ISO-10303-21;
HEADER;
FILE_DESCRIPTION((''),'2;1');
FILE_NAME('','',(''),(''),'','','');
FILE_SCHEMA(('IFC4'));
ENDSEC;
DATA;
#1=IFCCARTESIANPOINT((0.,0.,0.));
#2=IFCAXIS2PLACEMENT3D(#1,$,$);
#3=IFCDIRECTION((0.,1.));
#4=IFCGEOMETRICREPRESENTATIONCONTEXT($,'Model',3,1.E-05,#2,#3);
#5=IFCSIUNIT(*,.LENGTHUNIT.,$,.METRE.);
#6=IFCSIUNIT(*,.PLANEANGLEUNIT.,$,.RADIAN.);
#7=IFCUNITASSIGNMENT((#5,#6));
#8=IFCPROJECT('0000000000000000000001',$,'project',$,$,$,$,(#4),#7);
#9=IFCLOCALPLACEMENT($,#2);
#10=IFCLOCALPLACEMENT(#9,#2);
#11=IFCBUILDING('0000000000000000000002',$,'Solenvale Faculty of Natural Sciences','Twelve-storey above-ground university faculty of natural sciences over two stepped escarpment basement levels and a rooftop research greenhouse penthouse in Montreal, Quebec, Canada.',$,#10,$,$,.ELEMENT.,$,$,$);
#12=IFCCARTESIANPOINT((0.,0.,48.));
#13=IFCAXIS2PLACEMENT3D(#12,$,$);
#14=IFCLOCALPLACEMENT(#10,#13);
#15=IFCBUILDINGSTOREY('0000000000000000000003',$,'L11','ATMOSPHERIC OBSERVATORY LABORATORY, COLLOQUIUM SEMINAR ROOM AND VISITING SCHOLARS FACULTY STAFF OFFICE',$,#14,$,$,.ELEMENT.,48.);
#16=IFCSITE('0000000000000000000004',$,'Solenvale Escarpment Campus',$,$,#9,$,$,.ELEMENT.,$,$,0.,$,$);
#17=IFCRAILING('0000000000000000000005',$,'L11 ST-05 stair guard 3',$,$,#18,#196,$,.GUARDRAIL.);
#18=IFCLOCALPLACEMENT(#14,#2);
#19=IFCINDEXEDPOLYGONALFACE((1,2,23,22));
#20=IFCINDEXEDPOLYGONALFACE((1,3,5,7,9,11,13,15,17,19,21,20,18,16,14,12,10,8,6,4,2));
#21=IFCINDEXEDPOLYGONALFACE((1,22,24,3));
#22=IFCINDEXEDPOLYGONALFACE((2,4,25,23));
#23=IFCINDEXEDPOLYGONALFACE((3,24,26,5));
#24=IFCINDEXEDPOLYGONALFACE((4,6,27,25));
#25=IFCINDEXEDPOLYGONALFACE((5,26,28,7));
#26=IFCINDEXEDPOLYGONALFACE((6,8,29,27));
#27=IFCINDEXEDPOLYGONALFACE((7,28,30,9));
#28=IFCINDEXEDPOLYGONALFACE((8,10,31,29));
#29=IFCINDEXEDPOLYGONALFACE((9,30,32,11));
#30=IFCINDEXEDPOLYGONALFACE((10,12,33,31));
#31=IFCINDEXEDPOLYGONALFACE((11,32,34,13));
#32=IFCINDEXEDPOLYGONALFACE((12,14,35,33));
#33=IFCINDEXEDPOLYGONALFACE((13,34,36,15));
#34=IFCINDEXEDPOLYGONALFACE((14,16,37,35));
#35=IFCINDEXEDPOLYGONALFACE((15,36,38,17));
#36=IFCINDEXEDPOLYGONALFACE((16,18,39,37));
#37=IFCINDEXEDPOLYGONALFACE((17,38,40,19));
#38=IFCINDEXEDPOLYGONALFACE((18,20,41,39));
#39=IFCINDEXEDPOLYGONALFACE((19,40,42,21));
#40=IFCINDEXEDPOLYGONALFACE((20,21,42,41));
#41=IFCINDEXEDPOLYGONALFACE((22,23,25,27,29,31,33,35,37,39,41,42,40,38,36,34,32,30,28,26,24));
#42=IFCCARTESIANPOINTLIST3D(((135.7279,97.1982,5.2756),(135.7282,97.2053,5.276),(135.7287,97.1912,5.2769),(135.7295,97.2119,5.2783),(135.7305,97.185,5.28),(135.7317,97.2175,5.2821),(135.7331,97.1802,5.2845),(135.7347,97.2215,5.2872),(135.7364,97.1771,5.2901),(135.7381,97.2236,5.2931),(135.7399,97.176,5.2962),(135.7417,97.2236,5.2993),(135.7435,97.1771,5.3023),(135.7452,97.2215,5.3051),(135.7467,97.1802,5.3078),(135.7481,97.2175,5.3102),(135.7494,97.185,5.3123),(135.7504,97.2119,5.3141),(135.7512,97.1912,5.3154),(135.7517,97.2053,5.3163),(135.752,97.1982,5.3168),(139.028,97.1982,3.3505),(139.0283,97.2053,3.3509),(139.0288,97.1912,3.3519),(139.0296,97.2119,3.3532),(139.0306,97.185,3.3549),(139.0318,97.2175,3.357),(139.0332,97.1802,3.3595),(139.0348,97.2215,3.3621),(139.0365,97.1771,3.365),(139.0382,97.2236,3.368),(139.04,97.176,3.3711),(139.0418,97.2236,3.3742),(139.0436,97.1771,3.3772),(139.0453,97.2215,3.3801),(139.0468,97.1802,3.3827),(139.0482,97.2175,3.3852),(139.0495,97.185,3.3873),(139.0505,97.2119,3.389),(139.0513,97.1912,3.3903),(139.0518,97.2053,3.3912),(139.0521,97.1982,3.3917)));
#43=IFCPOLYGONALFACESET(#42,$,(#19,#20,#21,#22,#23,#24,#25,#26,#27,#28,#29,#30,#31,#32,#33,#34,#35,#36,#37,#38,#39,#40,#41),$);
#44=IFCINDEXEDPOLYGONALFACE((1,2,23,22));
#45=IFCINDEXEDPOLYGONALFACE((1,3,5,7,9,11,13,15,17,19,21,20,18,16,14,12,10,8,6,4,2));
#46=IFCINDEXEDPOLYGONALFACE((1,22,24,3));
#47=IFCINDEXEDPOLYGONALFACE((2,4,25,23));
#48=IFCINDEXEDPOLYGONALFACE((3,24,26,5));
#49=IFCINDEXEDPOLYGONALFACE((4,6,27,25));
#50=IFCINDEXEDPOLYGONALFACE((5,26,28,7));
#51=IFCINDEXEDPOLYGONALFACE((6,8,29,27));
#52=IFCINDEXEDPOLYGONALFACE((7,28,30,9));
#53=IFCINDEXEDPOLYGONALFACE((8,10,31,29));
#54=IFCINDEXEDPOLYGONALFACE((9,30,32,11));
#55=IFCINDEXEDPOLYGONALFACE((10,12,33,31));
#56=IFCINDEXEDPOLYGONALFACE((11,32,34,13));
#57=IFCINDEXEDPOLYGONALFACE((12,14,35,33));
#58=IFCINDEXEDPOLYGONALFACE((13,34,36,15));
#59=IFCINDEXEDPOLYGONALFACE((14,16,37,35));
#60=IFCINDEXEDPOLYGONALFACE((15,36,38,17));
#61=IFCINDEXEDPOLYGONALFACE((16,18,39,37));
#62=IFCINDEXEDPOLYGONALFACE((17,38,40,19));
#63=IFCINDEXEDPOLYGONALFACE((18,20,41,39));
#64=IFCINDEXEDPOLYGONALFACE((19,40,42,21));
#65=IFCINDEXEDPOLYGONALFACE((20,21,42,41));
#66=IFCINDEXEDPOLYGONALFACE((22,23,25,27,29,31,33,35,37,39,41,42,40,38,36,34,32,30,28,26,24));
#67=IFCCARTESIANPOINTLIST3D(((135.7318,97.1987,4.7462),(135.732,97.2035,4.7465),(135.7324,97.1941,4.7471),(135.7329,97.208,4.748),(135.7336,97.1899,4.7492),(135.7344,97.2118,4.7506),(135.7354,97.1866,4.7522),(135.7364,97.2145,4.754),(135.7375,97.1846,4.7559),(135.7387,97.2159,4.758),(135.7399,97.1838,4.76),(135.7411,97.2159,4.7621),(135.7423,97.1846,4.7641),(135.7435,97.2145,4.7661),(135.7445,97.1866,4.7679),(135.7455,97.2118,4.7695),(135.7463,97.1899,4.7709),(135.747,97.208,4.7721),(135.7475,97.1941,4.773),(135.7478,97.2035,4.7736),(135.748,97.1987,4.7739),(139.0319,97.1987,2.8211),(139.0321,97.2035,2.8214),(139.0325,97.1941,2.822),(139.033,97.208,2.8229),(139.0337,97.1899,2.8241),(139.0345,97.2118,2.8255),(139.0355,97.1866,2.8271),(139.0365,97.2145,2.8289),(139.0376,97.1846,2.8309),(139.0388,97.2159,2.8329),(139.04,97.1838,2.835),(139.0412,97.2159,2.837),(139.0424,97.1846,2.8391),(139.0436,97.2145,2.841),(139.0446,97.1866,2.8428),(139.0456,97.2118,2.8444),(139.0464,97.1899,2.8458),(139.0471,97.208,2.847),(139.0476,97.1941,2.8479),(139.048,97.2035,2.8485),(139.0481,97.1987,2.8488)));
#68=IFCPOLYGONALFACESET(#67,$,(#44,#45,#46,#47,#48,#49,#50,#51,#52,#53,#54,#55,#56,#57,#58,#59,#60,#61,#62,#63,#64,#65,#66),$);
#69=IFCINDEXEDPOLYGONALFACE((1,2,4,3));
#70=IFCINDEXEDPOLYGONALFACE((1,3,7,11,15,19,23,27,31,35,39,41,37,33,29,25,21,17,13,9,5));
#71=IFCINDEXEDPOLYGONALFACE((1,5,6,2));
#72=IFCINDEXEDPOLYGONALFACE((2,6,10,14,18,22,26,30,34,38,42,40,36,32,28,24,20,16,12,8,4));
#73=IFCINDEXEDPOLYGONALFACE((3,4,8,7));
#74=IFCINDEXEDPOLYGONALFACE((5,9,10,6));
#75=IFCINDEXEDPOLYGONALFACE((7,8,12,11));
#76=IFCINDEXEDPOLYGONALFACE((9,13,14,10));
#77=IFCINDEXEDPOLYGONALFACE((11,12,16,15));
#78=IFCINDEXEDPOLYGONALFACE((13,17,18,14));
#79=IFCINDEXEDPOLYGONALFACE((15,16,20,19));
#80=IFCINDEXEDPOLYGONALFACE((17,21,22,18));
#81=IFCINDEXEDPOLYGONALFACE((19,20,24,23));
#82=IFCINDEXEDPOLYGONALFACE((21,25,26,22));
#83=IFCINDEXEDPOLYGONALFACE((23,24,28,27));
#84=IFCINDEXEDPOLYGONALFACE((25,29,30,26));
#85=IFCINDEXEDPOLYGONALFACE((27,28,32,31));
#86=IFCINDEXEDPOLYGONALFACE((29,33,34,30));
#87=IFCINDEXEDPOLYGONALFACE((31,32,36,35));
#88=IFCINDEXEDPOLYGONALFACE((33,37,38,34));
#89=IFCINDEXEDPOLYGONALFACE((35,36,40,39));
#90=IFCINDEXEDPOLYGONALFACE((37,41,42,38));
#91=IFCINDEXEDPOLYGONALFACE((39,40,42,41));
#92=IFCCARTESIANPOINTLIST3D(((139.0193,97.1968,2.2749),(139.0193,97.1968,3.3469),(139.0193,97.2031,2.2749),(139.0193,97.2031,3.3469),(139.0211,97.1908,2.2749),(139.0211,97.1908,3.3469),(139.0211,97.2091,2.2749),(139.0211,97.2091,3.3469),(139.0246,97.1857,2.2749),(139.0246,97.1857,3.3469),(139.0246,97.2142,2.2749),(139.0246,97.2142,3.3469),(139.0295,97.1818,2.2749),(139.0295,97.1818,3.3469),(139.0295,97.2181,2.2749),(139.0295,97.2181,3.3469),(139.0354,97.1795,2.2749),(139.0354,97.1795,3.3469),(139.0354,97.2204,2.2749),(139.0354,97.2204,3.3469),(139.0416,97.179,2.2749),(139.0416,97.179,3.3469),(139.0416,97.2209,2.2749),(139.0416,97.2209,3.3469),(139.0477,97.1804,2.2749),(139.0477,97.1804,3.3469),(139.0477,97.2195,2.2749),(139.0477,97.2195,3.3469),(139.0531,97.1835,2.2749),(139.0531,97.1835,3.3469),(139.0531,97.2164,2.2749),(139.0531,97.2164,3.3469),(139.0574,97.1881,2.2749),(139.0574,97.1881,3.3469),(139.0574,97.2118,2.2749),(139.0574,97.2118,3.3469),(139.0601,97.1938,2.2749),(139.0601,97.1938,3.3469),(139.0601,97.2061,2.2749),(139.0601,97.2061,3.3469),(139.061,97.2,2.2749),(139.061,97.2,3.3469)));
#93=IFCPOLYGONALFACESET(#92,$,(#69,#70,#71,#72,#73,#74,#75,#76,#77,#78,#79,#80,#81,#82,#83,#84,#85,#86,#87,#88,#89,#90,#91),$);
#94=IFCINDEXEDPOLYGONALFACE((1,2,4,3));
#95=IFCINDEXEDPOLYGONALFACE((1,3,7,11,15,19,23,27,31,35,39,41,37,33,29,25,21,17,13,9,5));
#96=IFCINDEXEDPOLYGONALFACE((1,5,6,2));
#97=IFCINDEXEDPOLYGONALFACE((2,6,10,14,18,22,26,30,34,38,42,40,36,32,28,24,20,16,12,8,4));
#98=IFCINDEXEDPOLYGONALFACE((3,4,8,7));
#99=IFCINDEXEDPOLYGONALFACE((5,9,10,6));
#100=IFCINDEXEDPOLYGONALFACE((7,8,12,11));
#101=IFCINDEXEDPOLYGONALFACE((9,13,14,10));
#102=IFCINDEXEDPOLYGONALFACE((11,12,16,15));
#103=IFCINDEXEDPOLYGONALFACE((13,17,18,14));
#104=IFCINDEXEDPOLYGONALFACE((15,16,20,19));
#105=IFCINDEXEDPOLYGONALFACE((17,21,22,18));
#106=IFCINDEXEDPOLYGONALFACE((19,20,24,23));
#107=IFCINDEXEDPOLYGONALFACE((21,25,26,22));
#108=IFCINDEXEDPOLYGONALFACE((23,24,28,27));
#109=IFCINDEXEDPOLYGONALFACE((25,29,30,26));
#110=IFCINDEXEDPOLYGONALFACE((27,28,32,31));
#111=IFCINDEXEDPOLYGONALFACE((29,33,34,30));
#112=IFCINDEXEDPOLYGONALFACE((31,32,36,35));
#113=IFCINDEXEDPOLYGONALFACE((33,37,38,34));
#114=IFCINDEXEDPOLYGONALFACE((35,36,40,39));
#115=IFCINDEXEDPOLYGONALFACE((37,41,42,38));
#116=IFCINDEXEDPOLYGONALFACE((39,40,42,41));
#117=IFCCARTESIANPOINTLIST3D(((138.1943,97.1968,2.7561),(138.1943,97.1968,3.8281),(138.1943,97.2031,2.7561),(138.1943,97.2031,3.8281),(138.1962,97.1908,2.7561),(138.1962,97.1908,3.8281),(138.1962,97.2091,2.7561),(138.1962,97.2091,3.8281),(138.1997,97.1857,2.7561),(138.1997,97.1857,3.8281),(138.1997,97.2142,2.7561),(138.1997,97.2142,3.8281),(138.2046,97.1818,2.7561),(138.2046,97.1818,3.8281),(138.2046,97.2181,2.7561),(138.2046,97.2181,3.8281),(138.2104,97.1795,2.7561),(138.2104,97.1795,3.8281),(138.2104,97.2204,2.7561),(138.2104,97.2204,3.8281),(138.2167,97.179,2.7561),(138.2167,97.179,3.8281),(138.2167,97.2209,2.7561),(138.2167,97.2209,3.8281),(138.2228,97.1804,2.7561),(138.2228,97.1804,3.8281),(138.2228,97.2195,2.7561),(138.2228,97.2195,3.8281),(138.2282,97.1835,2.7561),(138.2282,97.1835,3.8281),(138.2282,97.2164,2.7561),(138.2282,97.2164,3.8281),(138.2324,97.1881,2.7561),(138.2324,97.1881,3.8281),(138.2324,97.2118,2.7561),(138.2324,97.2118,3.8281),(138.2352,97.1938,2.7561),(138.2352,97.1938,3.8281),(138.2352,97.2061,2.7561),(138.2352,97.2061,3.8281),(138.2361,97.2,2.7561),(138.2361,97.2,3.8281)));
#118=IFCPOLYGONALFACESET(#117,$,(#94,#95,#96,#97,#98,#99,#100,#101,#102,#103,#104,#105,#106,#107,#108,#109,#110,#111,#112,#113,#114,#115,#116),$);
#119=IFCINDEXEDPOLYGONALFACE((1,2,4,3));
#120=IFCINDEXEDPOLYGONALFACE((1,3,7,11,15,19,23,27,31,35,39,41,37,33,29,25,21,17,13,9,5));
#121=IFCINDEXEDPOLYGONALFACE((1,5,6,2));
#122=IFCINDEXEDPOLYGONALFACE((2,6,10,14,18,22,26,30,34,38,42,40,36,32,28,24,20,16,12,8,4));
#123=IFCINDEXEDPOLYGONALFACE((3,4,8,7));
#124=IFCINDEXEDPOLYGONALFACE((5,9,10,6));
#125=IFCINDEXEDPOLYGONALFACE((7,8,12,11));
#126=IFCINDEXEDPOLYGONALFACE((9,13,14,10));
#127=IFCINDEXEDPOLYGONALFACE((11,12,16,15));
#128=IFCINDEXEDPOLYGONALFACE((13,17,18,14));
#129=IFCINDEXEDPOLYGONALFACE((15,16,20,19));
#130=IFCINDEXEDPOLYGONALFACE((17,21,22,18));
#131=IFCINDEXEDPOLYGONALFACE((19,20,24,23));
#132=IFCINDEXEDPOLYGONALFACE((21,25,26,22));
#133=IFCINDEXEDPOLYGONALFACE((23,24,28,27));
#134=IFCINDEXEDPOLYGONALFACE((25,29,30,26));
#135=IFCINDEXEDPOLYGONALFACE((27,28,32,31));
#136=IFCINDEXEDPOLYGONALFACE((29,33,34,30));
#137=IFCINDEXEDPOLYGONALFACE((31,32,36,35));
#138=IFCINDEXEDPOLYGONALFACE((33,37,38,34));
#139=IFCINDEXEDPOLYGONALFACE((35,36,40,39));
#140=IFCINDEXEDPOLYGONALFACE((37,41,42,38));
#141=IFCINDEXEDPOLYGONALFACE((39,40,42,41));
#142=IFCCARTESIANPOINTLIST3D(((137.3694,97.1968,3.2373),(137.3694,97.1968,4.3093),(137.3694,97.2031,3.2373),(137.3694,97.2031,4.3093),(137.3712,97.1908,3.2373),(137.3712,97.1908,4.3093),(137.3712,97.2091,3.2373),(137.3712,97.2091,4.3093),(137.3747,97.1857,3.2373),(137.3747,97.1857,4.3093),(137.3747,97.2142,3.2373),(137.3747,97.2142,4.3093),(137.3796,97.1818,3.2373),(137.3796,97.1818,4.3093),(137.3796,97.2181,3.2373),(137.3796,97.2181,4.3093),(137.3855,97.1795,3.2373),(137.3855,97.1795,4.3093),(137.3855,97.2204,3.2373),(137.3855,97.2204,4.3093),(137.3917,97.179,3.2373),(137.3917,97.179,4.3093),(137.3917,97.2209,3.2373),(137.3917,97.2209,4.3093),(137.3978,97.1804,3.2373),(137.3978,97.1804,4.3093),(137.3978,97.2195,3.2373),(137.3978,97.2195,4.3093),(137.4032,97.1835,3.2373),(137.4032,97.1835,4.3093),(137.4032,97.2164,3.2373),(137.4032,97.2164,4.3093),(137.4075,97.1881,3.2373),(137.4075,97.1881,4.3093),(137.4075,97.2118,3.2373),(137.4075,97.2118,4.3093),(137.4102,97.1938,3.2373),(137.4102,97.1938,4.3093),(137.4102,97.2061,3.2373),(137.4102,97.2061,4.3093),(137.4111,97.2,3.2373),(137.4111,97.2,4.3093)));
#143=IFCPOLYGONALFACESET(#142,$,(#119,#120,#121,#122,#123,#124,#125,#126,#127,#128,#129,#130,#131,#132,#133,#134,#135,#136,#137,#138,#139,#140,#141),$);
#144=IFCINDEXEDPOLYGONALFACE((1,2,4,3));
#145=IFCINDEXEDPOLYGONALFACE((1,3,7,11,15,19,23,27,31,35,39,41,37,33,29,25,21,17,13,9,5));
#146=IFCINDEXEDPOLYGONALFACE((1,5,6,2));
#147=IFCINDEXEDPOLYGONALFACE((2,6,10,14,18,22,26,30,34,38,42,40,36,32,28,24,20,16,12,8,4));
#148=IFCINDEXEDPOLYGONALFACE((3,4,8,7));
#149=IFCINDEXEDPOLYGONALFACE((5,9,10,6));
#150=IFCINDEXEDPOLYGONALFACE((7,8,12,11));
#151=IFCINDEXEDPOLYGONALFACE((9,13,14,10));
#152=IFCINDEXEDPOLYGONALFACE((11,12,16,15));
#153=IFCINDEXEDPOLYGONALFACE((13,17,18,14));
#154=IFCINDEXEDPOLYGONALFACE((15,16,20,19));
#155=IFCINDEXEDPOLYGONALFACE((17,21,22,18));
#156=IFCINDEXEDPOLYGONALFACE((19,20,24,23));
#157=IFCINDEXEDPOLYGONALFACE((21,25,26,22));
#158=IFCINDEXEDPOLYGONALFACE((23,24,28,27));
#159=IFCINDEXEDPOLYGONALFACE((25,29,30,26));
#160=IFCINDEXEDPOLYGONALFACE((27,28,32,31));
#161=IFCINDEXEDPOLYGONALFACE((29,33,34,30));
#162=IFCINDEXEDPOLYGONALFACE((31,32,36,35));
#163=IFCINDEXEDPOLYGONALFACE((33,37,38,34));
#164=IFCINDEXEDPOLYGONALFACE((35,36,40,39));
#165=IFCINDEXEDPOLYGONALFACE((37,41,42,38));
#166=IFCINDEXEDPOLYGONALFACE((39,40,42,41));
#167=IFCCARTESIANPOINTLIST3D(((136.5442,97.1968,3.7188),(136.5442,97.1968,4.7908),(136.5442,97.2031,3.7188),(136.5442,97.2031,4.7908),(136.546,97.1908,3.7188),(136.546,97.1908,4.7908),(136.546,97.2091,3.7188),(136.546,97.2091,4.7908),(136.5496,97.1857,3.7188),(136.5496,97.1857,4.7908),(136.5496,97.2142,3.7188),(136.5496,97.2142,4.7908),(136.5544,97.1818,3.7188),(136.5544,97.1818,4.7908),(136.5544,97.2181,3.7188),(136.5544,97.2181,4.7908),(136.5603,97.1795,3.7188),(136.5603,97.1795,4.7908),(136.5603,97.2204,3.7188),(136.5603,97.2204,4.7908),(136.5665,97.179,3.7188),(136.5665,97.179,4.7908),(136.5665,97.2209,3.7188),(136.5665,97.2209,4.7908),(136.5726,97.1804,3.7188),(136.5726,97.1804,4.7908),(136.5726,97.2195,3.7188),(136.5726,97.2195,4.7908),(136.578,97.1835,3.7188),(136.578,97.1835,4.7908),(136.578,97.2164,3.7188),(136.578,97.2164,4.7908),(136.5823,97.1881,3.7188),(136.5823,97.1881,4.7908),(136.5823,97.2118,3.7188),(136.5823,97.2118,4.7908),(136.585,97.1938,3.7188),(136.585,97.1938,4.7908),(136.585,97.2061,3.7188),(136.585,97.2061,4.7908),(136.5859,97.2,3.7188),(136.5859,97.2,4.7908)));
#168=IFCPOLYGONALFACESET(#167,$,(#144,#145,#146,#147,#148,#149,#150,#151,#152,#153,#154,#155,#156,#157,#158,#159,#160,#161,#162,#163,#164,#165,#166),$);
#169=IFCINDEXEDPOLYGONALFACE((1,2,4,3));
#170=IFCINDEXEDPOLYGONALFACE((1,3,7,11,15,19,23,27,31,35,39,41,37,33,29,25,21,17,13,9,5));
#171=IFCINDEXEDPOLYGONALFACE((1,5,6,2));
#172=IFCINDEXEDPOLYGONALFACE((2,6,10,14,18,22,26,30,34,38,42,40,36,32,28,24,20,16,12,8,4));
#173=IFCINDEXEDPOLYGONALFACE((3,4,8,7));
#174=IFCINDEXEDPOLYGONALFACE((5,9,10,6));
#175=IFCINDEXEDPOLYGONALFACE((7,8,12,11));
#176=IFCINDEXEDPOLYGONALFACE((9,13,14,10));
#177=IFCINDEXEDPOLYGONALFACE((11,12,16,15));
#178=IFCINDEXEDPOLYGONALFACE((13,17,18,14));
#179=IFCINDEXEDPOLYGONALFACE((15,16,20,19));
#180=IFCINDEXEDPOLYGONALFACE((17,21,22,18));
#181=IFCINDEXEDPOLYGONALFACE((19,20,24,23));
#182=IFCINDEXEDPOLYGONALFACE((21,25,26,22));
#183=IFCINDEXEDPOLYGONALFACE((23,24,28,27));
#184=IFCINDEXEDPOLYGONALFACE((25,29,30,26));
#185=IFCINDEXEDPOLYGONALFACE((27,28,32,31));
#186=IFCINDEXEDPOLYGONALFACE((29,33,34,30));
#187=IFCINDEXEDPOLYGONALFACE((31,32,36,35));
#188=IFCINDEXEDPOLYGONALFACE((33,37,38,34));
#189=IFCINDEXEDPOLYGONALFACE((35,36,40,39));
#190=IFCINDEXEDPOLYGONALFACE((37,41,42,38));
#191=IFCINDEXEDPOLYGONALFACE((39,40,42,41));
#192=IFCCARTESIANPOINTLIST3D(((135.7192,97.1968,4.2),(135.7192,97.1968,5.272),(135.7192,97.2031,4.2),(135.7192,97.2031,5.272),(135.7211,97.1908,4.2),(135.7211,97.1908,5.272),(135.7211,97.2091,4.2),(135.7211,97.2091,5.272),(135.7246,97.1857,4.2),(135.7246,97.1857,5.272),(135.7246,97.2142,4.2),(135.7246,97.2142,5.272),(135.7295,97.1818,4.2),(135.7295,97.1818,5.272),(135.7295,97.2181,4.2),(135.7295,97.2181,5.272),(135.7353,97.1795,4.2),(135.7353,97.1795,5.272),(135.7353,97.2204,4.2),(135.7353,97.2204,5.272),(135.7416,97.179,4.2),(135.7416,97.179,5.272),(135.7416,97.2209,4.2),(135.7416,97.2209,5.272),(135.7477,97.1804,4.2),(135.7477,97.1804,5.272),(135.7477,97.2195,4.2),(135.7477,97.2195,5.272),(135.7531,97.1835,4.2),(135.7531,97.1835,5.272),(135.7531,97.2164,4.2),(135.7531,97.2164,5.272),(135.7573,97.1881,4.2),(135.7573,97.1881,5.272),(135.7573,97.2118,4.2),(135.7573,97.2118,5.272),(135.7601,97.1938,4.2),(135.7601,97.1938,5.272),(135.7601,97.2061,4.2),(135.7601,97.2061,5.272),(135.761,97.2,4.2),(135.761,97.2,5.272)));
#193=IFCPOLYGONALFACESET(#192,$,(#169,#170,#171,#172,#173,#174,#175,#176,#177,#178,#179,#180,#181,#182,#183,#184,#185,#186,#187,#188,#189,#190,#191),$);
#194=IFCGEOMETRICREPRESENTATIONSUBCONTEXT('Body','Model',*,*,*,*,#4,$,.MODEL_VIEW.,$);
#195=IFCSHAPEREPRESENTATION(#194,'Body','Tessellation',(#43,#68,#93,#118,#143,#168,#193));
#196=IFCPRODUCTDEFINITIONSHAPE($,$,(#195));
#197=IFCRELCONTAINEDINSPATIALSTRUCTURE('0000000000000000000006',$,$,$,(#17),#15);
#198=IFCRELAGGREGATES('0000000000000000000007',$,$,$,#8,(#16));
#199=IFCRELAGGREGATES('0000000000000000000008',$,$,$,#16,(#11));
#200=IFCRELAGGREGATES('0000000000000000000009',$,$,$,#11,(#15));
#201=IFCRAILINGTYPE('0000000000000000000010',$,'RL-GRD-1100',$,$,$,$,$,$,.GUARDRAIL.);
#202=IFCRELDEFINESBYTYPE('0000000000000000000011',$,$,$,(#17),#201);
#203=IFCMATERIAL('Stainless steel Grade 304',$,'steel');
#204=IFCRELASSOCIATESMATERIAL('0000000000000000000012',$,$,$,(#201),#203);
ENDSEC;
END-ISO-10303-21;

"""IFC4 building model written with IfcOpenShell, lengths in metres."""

from ifc_helpers import new_model, si_unit, direction, frame, origin, origin_2d, place, context, subcontext, project, spatial, circle, extrude, material, type_object, element, save


model = new_model("IFC4")

# Units and contexts
model_context = context("Model", 3, precision=1e-05, world=origin(), true_north=direction((0.0, 1.0)))
body_context = subcontext(model_context, "Body", "Model", "MODEL_VIEW")
ifc_project = project(units=[si_unit("LENGTHUNIT", "METRE"), si_unit("PLANEANGLEUNIT", "RADIAN")], contexts=[model_context])

# Site, building, storey
site_placement = place(None, origin())
site = spatial("IfcSite", under=ifc_project, at=site_placement, Name="Solenvale Escarpment Campus", CompositionType="ELEMENT", RefElevation=0.0)
building_placement = place(site_placement, origin())
building = spatial("IfcBuilding", under=site, at=building_placement, Name="Solenvale Faculty of Natural Sciences", Description="Twelve-storey above-ground university faculty of natural sciences over two stepped escarpment basement levels and a rooftop research greenhouse penthouse in Montreal, Quebec, Canada.", CompositionType="ELEMENT")
storey_placement = place(building_placement, frame((0.0, 0.0, 48.0)))
storey = spatial("IfcBuildingStorey", under=building, at=storey_placement, Name="L11", Description="ATMOSPHERIC OBSERVATORY LABORATORY, COLLOQUIUM SEMINAR ROOM AND VISITING SCHOLARS FACULTY STAFF OFFICE", CompositionType="ELEMENT", Elevation=48.0)

# Railing
ifc_material_1 = material(Name="Stainless steel Grade 304", Category="steel")
railing_type_1 = type_object("IfcRailingType", Name="RL-GRD-1100", PredefinedType="GUARDRAIL", material=ifc_material_1)
railing_1_placement = place(storey_placement, frame((139.04, 97.2, 2.2749)))
element("IfcRailing", 1, at=railing_1_placement, inside=storey, type_object=railing_type_1, Name="L11 ST-05 stair guard 3", PredefinedType="GUARDRAIL", context=body_context, shape_type="SweptSolid", body=[
    extrude(circle(Radius=0.0239, at=origin_2d()), frame((0.0, 0.0, 1.0962), z_axis=(-0.863777, 0.0, 0.503875), x_axis=(0.0, -1.0, 0.0)), (0.0, 0.0, 1.0), 3.8206),
    extrude(circle(Radius=0.0161, at=origin_2d()), frame((0.0, 0.0, 0.5601), z_axis=(-0.863777, 0.0, 0.503875), x_axis=(0.0, -1.0, 0.0)), (0.0, 0.0, 1.0), 3.8206),
    extrude(circle(Radius=0.021, at=origin_2d()), origin(), (0.0, 0.0, 1.0), 1.072),
    extrude(circle(Radius=0.021, at=origin_2d()), frame((-0.825, 0.0, 0.4812)), (0.0, 0.0, 1.0), 1.072),
    extrude(circle(Radius=0.021, at=origin_2d()), frame((-1.6499, 0.0, 0.9624)), (0.0, 0.0, 1.0), 1.072),
    extrude(circle(Radius=0.021, at=origin_2d()), frame((-2.4751, 0.0, 1.4438)), (0.0, 0.0, 1.0), 1.072),
    extrude(circle(Radius=0.021, at=origin_2d()), frame((-3.3, 0.0, 1.925)), (0.0, 0.0, 1.0), 1.072),
])

save(model, "model.ifc")
